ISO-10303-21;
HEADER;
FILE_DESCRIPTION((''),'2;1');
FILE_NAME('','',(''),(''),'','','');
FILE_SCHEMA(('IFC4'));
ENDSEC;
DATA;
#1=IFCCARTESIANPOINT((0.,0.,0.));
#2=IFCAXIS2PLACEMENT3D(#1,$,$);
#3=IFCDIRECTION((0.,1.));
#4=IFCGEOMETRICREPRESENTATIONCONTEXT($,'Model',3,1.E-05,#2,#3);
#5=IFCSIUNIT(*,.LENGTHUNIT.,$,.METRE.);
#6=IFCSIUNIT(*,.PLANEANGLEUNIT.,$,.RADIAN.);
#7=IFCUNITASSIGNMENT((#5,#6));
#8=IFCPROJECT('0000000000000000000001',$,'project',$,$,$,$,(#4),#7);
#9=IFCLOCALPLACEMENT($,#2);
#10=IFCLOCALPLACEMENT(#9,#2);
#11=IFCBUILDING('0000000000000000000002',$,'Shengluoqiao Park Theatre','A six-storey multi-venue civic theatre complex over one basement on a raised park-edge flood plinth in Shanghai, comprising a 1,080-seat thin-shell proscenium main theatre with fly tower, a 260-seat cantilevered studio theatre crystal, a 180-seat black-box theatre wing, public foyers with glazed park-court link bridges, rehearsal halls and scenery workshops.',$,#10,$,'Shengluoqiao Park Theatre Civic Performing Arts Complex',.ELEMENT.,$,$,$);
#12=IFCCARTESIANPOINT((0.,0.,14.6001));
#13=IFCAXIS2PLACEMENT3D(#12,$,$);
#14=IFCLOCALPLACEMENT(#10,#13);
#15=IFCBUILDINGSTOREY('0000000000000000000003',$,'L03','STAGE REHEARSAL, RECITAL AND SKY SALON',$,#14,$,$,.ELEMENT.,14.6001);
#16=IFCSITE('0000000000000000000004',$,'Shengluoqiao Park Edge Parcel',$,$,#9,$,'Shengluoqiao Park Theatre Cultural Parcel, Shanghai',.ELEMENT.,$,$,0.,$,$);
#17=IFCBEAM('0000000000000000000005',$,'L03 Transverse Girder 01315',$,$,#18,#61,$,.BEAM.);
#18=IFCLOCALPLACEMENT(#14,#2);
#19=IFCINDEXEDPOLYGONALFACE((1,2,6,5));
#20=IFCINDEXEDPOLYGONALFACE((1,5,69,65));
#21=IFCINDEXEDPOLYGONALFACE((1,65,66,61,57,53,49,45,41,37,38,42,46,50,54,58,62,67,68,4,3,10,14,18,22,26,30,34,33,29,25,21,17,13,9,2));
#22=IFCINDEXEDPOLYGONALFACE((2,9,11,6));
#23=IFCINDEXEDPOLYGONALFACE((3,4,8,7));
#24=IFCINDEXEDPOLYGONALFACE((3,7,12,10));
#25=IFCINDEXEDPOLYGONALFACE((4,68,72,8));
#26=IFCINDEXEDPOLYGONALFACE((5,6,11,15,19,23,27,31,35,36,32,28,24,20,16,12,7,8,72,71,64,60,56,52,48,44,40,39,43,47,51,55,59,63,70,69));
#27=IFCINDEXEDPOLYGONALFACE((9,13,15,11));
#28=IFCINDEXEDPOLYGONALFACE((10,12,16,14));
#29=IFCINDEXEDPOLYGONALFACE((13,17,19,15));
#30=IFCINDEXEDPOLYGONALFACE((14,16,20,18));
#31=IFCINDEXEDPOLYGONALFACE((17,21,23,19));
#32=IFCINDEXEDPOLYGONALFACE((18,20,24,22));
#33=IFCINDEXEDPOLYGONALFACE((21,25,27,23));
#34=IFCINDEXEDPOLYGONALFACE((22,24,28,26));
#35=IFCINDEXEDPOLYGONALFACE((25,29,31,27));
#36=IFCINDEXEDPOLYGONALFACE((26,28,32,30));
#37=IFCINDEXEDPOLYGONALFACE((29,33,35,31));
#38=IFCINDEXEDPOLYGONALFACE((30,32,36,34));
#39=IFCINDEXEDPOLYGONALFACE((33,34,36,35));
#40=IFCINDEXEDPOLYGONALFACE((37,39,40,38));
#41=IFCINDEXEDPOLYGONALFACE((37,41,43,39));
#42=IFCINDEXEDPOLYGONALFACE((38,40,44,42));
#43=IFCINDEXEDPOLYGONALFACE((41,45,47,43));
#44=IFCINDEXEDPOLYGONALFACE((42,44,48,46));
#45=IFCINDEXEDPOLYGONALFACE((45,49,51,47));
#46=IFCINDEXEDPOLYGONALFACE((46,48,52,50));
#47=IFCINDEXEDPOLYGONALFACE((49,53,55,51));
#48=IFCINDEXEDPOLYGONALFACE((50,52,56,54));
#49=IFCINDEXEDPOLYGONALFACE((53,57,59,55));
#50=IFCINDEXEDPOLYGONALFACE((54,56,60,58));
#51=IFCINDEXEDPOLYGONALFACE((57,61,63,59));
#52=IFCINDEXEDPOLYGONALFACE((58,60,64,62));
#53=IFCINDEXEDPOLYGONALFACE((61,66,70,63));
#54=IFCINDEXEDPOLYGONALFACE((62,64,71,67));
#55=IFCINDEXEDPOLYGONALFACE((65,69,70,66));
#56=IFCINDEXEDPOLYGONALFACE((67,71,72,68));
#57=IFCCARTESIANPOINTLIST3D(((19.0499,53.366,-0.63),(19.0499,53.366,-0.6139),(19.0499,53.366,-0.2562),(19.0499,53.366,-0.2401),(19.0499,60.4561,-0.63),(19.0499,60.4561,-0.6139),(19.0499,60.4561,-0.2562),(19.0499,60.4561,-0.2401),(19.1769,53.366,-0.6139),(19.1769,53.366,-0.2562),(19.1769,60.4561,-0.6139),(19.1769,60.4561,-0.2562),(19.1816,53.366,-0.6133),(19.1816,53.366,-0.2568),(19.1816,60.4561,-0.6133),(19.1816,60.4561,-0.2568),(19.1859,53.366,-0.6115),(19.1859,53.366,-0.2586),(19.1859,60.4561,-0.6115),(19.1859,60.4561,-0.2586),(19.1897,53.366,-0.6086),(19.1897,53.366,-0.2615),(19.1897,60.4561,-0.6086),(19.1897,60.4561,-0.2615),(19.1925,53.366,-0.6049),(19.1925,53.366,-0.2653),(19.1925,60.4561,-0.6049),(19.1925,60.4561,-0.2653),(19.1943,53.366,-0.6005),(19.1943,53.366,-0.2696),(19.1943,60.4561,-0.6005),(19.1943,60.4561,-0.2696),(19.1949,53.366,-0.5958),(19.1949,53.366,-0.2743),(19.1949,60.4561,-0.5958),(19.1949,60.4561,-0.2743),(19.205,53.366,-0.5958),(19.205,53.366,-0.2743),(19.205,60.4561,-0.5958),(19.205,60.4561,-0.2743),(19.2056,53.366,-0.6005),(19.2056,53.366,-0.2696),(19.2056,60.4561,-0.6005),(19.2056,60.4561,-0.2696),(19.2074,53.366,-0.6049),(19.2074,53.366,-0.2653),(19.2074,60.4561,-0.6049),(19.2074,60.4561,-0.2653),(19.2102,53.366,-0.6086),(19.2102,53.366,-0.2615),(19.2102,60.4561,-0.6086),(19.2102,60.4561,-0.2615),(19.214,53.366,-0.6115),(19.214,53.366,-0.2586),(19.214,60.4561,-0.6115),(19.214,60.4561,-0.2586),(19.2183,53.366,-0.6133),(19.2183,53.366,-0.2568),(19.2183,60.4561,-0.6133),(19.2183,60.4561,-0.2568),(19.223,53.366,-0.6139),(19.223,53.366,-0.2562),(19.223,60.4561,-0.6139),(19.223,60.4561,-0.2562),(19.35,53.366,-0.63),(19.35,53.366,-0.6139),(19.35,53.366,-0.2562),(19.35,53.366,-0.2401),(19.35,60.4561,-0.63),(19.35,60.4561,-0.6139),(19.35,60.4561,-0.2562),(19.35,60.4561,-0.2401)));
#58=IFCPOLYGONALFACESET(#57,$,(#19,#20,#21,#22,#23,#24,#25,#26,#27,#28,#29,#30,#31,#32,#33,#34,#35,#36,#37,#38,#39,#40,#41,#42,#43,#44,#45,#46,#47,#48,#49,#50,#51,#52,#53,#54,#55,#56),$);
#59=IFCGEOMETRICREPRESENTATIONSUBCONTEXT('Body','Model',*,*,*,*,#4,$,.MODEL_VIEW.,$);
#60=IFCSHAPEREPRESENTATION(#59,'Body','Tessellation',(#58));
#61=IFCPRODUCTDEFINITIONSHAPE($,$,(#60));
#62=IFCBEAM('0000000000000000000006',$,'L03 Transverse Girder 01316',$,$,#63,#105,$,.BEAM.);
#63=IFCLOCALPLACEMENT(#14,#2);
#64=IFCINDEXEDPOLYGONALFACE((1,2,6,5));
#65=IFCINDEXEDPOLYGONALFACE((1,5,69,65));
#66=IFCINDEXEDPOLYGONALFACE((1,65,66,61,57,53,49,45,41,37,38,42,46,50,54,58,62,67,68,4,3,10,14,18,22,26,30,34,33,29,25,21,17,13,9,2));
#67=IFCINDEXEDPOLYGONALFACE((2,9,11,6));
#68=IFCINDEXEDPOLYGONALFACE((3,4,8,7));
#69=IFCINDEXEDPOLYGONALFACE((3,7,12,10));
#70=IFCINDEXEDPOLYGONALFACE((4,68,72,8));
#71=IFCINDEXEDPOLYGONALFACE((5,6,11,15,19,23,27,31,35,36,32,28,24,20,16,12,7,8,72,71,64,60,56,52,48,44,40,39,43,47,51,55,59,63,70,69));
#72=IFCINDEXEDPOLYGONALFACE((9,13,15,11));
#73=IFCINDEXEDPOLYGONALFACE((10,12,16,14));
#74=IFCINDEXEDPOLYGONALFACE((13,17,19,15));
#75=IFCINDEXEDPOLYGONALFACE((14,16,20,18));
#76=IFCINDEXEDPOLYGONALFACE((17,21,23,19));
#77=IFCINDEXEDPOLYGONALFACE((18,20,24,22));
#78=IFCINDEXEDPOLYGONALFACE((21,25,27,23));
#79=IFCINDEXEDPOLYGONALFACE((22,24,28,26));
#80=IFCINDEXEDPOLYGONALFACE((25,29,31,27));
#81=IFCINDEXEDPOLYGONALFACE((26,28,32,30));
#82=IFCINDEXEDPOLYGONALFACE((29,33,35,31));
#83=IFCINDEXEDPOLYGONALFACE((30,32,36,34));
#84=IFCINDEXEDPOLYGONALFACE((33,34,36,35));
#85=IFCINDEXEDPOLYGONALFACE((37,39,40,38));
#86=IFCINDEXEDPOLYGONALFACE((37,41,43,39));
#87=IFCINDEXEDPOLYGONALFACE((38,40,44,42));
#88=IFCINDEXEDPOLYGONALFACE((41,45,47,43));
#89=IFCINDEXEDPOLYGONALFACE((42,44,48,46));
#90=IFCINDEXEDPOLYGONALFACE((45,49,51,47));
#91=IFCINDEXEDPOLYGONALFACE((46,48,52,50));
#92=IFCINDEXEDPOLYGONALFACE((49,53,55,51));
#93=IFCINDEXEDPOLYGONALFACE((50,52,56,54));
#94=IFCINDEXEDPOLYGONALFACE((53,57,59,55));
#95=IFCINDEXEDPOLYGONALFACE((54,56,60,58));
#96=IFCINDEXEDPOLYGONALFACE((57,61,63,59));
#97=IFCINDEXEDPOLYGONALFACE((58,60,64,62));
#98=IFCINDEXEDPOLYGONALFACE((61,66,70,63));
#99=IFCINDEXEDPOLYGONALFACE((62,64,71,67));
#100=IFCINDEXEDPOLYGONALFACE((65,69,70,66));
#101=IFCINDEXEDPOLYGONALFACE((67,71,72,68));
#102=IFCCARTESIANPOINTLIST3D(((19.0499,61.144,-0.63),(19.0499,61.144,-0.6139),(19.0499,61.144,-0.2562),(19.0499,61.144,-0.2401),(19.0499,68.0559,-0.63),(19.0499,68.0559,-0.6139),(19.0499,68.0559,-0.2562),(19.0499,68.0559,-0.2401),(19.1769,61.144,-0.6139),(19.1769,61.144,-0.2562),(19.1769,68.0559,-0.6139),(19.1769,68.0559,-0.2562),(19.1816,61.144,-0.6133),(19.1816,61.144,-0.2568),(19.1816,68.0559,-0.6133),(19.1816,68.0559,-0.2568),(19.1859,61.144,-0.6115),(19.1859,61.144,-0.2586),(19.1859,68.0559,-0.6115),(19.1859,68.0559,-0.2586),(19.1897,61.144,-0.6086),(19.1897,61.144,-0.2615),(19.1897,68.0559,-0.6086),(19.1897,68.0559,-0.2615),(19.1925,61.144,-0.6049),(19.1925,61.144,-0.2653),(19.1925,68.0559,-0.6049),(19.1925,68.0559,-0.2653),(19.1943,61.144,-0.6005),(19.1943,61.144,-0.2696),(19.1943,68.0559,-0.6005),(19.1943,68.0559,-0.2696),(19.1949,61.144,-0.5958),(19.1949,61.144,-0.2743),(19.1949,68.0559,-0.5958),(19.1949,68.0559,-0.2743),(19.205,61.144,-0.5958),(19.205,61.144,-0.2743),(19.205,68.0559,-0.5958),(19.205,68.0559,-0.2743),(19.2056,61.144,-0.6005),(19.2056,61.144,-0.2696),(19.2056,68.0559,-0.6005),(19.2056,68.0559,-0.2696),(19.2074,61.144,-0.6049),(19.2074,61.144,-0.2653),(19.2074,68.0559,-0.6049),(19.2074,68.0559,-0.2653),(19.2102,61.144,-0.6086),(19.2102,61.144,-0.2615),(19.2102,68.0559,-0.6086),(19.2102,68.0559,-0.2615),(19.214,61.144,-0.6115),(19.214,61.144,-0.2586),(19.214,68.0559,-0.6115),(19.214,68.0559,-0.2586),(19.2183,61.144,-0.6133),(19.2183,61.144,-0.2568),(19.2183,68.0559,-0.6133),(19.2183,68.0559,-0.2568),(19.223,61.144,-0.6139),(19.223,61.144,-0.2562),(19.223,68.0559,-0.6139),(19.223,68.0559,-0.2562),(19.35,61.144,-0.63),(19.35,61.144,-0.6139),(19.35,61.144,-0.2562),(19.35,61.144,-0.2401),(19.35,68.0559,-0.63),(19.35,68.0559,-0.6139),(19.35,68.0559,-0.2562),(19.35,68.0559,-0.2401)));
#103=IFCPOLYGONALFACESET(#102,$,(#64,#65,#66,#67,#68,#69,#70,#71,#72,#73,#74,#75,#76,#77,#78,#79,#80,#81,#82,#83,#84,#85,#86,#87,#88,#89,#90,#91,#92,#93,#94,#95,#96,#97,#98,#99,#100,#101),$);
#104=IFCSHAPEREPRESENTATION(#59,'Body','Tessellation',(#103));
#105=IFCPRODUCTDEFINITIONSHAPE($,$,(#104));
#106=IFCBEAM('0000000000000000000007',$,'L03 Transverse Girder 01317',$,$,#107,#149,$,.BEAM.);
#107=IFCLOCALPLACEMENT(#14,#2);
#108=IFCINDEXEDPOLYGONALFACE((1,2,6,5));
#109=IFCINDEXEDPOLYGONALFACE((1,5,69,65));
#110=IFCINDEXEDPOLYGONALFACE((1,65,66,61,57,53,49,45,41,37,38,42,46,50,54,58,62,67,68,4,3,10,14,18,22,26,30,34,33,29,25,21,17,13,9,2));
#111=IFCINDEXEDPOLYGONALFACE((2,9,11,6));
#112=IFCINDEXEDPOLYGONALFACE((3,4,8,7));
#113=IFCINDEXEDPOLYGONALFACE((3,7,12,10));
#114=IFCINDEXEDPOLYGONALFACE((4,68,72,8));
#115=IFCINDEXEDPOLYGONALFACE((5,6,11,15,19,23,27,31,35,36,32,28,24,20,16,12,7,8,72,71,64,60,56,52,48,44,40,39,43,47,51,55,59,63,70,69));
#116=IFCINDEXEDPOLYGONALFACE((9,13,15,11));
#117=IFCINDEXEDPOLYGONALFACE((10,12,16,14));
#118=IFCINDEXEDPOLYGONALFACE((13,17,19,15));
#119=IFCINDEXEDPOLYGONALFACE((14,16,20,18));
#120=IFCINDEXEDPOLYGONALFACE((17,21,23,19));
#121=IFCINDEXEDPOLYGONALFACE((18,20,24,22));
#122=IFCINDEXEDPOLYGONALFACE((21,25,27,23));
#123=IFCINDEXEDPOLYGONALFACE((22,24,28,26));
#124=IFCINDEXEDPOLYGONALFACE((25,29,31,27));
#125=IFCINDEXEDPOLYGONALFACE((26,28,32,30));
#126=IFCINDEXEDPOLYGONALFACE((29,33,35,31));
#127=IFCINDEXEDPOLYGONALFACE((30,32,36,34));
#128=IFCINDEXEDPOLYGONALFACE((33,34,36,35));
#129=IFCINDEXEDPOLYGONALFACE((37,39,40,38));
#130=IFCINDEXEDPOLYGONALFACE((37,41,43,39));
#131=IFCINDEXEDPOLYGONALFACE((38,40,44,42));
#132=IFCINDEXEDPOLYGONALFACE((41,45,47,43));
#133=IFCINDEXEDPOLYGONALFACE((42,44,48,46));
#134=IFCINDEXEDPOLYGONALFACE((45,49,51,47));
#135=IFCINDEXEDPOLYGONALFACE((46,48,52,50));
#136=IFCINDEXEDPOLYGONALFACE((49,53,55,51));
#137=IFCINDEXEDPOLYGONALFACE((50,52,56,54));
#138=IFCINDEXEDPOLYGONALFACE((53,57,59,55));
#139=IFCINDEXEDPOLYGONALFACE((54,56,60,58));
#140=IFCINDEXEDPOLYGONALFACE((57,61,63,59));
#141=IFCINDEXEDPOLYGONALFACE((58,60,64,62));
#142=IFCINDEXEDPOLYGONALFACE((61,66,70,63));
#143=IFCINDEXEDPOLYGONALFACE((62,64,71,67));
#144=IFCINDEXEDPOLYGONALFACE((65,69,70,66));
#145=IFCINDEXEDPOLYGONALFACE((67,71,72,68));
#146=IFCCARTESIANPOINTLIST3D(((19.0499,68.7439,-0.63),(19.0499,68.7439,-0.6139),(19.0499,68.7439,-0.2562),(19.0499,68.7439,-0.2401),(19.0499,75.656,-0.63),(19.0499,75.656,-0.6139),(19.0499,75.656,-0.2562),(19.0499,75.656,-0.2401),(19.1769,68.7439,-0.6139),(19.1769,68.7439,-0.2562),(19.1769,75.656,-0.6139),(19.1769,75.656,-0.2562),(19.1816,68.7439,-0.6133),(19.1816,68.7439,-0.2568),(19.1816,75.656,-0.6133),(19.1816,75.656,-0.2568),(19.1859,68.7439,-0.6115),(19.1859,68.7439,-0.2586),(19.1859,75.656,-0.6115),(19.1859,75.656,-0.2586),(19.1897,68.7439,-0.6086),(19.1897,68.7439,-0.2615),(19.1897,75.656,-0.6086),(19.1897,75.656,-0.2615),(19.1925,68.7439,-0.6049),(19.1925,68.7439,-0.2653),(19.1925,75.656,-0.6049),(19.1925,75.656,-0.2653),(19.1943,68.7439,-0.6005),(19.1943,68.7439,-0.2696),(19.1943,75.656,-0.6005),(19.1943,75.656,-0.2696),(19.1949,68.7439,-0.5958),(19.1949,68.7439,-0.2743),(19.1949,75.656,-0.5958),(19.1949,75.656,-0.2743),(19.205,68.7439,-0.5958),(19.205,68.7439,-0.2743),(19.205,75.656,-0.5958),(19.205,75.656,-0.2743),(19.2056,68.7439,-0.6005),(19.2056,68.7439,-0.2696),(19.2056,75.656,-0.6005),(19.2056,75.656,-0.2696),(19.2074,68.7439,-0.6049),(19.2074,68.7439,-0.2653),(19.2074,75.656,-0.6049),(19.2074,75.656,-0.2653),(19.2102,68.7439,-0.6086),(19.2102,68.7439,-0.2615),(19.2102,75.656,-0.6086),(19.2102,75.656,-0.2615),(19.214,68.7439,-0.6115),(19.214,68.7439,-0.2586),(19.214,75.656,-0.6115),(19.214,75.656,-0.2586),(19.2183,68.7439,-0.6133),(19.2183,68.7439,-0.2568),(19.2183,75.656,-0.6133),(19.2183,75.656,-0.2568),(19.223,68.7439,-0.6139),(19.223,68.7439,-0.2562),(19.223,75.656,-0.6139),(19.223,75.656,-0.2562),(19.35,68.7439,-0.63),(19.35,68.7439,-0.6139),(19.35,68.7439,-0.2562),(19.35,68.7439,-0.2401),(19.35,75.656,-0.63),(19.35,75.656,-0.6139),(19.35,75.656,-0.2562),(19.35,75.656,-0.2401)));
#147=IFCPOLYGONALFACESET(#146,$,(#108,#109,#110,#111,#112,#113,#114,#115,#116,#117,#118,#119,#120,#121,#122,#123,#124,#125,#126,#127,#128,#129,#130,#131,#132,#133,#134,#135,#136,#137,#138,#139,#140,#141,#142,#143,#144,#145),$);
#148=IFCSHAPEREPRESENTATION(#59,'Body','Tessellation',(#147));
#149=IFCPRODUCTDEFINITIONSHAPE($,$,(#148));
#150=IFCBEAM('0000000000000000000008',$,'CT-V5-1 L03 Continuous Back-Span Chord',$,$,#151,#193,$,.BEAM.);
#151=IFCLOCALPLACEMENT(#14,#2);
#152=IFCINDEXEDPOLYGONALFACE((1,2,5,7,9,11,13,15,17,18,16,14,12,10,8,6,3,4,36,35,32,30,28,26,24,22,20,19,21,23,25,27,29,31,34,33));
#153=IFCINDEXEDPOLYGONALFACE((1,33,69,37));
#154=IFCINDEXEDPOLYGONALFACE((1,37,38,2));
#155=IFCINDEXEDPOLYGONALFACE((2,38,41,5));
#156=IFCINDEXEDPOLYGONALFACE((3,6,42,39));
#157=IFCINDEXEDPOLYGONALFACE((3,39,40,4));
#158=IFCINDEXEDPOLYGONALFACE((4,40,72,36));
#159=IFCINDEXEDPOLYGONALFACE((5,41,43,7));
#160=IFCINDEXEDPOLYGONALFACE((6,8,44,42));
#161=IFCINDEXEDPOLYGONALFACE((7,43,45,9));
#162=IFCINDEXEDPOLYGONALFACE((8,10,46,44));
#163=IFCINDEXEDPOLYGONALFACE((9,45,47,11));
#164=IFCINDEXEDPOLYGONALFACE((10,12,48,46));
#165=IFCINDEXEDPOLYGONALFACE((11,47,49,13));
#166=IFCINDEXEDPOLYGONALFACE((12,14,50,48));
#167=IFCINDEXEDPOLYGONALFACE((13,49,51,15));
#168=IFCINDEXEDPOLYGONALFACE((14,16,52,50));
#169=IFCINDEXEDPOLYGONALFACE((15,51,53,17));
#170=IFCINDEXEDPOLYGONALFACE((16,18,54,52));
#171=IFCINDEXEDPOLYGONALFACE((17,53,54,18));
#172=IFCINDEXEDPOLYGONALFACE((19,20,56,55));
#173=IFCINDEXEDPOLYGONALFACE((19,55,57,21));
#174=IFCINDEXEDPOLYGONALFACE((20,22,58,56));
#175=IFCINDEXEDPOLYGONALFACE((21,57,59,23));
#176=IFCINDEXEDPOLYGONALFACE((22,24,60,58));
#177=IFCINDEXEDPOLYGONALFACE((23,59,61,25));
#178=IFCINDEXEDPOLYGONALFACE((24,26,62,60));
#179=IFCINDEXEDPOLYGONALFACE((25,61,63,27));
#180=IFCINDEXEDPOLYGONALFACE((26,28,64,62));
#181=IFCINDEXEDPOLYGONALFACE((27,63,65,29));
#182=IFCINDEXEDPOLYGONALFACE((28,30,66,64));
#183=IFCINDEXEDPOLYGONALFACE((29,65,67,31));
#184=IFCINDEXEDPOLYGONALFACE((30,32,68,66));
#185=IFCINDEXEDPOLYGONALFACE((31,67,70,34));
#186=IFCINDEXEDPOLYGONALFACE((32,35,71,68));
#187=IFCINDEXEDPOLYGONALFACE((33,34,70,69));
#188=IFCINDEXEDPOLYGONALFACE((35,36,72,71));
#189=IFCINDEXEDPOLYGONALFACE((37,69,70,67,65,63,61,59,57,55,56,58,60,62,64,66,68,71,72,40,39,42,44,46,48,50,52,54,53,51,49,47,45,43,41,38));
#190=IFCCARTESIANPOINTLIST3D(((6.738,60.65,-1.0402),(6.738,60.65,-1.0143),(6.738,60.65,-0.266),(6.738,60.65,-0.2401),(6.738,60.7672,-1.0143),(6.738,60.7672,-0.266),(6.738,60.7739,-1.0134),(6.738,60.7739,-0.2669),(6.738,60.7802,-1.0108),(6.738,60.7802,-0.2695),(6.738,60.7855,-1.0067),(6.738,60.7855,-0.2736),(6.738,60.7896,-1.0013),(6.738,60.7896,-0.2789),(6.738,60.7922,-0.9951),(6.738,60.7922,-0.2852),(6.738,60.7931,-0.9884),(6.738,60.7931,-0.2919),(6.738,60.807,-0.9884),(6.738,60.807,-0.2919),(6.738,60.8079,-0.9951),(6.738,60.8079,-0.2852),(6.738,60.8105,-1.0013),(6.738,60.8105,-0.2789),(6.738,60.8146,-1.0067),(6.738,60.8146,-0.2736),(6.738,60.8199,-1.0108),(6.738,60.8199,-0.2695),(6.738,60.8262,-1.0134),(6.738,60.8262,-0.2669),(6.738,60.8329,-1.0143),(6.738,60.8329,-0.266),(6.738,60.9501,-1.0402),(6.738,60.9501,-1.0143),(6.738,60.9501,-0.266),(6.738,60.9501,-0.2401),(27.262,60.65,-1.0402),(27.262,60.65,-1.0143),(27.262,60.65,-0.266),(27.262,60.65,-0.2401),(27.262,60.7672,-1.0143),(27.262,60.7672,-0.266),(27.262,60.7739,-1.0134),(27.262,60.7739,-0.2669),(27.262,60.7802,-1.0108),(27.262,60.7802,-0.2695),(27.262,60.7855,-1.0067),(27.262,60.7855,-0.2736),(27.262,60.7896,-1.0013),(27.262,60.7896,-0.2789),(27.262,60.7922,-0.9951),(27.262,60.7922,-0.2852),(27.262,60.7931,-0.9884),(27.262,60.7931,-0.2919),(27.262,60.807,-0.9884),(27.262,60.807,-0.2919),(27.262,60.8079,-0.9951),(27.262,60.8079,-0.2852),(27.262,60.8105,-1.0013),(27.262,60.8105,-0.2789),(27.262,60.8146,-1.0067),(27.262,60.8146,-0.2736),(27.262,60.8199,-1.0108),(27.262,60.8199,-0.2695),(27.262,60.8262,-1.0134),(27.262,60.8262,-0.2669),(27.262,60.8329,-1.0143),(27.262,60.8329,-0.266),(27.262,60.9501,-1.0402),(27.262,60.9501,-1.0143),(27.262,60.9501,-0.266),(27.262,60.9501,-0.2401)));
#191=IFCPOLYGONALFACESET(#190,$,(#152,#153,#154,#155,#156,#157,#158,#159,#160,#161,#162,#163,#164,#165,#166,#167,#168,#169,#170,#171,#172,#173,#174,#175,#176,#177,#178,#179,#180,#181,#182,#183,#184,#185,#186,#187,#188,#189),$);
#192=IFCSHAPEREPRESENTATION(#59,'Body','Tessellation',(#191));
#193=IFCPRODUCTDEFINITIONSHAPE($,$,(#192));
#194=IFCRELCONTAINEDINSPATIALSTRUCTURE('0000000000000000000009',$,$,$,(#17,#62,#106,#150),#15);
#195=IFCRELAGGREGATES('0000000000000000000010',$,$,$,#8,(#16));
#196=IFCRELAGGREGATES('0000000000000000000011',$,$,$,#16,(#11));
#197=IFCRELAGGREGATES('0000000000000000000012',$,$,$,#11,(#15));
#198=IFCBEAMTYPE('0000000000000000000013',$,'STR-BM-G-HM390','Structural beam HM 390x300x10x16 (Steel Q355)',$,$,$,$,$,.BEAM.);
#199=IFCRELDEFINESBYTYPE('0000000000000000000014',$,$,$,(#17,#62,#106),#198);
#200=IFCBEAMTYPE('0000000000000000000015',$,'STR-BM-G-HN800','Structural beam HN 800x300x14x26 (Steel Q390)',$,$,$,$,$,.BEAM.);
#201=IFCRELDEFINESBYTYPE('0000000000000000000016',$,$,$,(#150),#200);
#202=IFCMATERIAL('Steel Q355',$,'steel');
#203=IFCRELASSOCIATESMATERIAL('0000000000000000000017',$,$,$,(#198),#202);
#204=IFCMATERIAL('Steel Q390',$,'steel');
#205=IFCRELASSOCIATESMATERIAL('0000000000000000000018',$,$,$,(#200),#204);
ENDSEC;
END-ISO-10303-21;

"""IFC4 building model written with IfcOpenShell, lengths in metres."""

from ifc_helpers import new_model, si_unit, direction, frame, origin, origin_2d, place, context, subcontext, project, spatial, i_section, extrude, material, material_profile, profile_set, type_object, element, save


model = new_model("IFC4")

# Units and contexts
model_context = context("Model", 3, precision=1e-05, world=origin(), true_north=direction((0.0, 1.0)))
body_context = subcontext(model_context, "Body", "Model", "MODEL_VIEW")
ifc_project = project(units=[si_unit("LENGTHUNIT", "METRE"), si_unit("PLANEANGLEUNIT", "RADIAN")], contexts=[model_context])

# Site, building, storey
site_placement = place(None, origin())
site = spatial("IfcSite", under=ifc_project, at=site_placement, Name="Shengluoqiao Park Edge Parcel", LongName="Shengluoqiao Park Theatre Cultural Parcel, Shanghai", CompositionType="ELEMENT", RefElevation=0.0)
building_placement = place(site_placement, origin())
building = spatial("IfcBuilding", under=site, at=building_placement, Name="Shengluoqiao Park Theatre", Description="A six-storey multi-venue civic theatre complex over one basement on a raised park-edge flood plinth in Shanghai, comprising a 1,080-seat thin-shell proscenium main theatre with fly tower, a 260-seat cantilevered studio theatre crystal, a 180-seat black-box theatre wing, public foyers with glazed park-court link bridges, rehearsal halls and scenery workshops.", LongName="Shengluoqiao Park Theatre Civic Performing Arts Complex", CompositionType="ELEMENT")
storey_placement = place(building_placement, frame((0.0, 0.0, 14.6001)))
storey = spatial("IfcBuildingStorey", under=building, at=storey_placement, Name="L03", Description="STAGE REHEARSAL, RECITAL AND SKY SALON", CompositionType="ELEMENT", Elevation=14.6001)

# Beams
ifc_material_1 = material(Name="Steel Q355", Category="steel")
ifc_material_profile_1 = material_profile(ifc_material_1, i_section(OverallWidth=0.3, OverallDepth=0.3899, WebThickness=0.01, FlangeThickness=0.0161, FilletRadius=0.0181, at=origin_2d()), Name="HM 390x300x10x16")
ifc_profile_set_1 = profile_set([ifc_material_profile_1], Name="Steel Q355")
beam_type_1 = type_object("IfcBeamType", Name="STR-BM-G-HM390", Description="Structural beam HM 390x300x10x16 (Steel Q355)", PredefinedType="BEAM", material=ifc_profile_set_1)
beam_1_placement = place(storey_placement, frame((19.2, 53.366, -0.4351), z_axis=(0.0, 1.0, 0.0), x_axis=(-1.0, 0.0, 0.0)))
element("IfcBeam", 1, at=beam_1_placement, inside=storey, type_object=beam_type_1, Name="L03 Transverse Girder 01315", PredefinedType="BEAM", context=body_context, shape_type="SweptSolid", body=[
    extrude(i_section(OverallWidth=0.3, OverallDepth=0.3899, WebThickness=0.01, FlangeThickness=0.0161, FilletRadius=0.0181, at=origin_2d()), origin(), (0.0, 0.0, 1.0), 7.0901),
])
beam_2_placement = place(storey_placement, frame((19.2, 61.144, -0.4351), z_axis=(0.0, 1.0, 0.0), x_axis=(-1.0, 0.0, 0.0)))
element("IfcBeam", 2, at=beam_2_placement, inside=storey, type_object=beam_type_1, Name="L03 Transverse Girder 01316", PredefinedType="BEAM", context=body_context, shape_type="SweptSolid", body=[
    extrude(i_section(OverallWidth=0.3, OverallDepth=0.3899, WebThickness=0.01, FlangeThickness=0.0161, FilletRadius=0.0181, at=origin_2d()), origin(), (0.0, 0.0, 1.0), 6.9119),
])
beam_3_placement = place(storey_placement, frame((19.2, 68.7439, -0.4351), z_axis=(0.0, 1.0, 0.0), x_axis=(-1.0, 0.0, 0.0)))
element("IfcBeam", 3, at=beam_3_placement, inside=storey, type_object=beam_type_1, Name="L03 Transverse Girder 01317", PredefinedType="BEAM", context=body_context, shape_type="SweptSolid", body=[
    extrude(i_section(OverallWidth=0.3, OverallDepth=0.3899, WebThickness=0.01, FlangeThickness=0.0161, FilletRadius=0.0181, at=origin_2d()), origin(), (0.0, 0.0, 1.0), 6.9121),
])
ifc_material_2 = material(Name="Steel Q390", Category="steel")
ifc_material_profile_2 = material_profile(ifc_material_2, i_section(OverallWidth=0.3, OverallDepth=0.8, WebThickness=0.0139, FlangeThickness=0.0259, FilletRadius=0.0259, at=origin_2d()), Name="HN 800x300x14x26")
ifc_profile_set_2 = profile_set([ifc_material_profile_2], Name="Steel Q390")
beam_type_2 = type_object("IfcBeamType", Name="STR-BM-G-HN800", Description="Structural beam HN 800x300x14x26 (Steel Q390)", PredefinedType="BEAM", material=ifc_profile_set_2)
for number, where, z_axis, x_axis, name in (
    (4, (6.738, 60.8, -0.6401), (1.0, 0.0, 0.0), (0.0, 1.0, 0.0), "CT-V5-1 L03 Continuous Back-Span Chord"),
):
    element("IfcBeam", number, at=place(storey_placement, frame(where, z_axis=z_axis, x_axis=x_axis)), inside=storey, type_object=beam_type_2, Name=name, PredefinedType="BEAM", context=body_context, shape_type="SweptSolid", body=[
        extrude(i_section(OverallWidth=0.3, OverallDepth=0.8, WebThickness=0.0139, FlangeThickness=0.0259, FilletRadius=0.0259, at=origin_2d()), origin(), (0.0, 0.0, 1.0), 20.5239),
    ])

save(model, "model.ifc")
